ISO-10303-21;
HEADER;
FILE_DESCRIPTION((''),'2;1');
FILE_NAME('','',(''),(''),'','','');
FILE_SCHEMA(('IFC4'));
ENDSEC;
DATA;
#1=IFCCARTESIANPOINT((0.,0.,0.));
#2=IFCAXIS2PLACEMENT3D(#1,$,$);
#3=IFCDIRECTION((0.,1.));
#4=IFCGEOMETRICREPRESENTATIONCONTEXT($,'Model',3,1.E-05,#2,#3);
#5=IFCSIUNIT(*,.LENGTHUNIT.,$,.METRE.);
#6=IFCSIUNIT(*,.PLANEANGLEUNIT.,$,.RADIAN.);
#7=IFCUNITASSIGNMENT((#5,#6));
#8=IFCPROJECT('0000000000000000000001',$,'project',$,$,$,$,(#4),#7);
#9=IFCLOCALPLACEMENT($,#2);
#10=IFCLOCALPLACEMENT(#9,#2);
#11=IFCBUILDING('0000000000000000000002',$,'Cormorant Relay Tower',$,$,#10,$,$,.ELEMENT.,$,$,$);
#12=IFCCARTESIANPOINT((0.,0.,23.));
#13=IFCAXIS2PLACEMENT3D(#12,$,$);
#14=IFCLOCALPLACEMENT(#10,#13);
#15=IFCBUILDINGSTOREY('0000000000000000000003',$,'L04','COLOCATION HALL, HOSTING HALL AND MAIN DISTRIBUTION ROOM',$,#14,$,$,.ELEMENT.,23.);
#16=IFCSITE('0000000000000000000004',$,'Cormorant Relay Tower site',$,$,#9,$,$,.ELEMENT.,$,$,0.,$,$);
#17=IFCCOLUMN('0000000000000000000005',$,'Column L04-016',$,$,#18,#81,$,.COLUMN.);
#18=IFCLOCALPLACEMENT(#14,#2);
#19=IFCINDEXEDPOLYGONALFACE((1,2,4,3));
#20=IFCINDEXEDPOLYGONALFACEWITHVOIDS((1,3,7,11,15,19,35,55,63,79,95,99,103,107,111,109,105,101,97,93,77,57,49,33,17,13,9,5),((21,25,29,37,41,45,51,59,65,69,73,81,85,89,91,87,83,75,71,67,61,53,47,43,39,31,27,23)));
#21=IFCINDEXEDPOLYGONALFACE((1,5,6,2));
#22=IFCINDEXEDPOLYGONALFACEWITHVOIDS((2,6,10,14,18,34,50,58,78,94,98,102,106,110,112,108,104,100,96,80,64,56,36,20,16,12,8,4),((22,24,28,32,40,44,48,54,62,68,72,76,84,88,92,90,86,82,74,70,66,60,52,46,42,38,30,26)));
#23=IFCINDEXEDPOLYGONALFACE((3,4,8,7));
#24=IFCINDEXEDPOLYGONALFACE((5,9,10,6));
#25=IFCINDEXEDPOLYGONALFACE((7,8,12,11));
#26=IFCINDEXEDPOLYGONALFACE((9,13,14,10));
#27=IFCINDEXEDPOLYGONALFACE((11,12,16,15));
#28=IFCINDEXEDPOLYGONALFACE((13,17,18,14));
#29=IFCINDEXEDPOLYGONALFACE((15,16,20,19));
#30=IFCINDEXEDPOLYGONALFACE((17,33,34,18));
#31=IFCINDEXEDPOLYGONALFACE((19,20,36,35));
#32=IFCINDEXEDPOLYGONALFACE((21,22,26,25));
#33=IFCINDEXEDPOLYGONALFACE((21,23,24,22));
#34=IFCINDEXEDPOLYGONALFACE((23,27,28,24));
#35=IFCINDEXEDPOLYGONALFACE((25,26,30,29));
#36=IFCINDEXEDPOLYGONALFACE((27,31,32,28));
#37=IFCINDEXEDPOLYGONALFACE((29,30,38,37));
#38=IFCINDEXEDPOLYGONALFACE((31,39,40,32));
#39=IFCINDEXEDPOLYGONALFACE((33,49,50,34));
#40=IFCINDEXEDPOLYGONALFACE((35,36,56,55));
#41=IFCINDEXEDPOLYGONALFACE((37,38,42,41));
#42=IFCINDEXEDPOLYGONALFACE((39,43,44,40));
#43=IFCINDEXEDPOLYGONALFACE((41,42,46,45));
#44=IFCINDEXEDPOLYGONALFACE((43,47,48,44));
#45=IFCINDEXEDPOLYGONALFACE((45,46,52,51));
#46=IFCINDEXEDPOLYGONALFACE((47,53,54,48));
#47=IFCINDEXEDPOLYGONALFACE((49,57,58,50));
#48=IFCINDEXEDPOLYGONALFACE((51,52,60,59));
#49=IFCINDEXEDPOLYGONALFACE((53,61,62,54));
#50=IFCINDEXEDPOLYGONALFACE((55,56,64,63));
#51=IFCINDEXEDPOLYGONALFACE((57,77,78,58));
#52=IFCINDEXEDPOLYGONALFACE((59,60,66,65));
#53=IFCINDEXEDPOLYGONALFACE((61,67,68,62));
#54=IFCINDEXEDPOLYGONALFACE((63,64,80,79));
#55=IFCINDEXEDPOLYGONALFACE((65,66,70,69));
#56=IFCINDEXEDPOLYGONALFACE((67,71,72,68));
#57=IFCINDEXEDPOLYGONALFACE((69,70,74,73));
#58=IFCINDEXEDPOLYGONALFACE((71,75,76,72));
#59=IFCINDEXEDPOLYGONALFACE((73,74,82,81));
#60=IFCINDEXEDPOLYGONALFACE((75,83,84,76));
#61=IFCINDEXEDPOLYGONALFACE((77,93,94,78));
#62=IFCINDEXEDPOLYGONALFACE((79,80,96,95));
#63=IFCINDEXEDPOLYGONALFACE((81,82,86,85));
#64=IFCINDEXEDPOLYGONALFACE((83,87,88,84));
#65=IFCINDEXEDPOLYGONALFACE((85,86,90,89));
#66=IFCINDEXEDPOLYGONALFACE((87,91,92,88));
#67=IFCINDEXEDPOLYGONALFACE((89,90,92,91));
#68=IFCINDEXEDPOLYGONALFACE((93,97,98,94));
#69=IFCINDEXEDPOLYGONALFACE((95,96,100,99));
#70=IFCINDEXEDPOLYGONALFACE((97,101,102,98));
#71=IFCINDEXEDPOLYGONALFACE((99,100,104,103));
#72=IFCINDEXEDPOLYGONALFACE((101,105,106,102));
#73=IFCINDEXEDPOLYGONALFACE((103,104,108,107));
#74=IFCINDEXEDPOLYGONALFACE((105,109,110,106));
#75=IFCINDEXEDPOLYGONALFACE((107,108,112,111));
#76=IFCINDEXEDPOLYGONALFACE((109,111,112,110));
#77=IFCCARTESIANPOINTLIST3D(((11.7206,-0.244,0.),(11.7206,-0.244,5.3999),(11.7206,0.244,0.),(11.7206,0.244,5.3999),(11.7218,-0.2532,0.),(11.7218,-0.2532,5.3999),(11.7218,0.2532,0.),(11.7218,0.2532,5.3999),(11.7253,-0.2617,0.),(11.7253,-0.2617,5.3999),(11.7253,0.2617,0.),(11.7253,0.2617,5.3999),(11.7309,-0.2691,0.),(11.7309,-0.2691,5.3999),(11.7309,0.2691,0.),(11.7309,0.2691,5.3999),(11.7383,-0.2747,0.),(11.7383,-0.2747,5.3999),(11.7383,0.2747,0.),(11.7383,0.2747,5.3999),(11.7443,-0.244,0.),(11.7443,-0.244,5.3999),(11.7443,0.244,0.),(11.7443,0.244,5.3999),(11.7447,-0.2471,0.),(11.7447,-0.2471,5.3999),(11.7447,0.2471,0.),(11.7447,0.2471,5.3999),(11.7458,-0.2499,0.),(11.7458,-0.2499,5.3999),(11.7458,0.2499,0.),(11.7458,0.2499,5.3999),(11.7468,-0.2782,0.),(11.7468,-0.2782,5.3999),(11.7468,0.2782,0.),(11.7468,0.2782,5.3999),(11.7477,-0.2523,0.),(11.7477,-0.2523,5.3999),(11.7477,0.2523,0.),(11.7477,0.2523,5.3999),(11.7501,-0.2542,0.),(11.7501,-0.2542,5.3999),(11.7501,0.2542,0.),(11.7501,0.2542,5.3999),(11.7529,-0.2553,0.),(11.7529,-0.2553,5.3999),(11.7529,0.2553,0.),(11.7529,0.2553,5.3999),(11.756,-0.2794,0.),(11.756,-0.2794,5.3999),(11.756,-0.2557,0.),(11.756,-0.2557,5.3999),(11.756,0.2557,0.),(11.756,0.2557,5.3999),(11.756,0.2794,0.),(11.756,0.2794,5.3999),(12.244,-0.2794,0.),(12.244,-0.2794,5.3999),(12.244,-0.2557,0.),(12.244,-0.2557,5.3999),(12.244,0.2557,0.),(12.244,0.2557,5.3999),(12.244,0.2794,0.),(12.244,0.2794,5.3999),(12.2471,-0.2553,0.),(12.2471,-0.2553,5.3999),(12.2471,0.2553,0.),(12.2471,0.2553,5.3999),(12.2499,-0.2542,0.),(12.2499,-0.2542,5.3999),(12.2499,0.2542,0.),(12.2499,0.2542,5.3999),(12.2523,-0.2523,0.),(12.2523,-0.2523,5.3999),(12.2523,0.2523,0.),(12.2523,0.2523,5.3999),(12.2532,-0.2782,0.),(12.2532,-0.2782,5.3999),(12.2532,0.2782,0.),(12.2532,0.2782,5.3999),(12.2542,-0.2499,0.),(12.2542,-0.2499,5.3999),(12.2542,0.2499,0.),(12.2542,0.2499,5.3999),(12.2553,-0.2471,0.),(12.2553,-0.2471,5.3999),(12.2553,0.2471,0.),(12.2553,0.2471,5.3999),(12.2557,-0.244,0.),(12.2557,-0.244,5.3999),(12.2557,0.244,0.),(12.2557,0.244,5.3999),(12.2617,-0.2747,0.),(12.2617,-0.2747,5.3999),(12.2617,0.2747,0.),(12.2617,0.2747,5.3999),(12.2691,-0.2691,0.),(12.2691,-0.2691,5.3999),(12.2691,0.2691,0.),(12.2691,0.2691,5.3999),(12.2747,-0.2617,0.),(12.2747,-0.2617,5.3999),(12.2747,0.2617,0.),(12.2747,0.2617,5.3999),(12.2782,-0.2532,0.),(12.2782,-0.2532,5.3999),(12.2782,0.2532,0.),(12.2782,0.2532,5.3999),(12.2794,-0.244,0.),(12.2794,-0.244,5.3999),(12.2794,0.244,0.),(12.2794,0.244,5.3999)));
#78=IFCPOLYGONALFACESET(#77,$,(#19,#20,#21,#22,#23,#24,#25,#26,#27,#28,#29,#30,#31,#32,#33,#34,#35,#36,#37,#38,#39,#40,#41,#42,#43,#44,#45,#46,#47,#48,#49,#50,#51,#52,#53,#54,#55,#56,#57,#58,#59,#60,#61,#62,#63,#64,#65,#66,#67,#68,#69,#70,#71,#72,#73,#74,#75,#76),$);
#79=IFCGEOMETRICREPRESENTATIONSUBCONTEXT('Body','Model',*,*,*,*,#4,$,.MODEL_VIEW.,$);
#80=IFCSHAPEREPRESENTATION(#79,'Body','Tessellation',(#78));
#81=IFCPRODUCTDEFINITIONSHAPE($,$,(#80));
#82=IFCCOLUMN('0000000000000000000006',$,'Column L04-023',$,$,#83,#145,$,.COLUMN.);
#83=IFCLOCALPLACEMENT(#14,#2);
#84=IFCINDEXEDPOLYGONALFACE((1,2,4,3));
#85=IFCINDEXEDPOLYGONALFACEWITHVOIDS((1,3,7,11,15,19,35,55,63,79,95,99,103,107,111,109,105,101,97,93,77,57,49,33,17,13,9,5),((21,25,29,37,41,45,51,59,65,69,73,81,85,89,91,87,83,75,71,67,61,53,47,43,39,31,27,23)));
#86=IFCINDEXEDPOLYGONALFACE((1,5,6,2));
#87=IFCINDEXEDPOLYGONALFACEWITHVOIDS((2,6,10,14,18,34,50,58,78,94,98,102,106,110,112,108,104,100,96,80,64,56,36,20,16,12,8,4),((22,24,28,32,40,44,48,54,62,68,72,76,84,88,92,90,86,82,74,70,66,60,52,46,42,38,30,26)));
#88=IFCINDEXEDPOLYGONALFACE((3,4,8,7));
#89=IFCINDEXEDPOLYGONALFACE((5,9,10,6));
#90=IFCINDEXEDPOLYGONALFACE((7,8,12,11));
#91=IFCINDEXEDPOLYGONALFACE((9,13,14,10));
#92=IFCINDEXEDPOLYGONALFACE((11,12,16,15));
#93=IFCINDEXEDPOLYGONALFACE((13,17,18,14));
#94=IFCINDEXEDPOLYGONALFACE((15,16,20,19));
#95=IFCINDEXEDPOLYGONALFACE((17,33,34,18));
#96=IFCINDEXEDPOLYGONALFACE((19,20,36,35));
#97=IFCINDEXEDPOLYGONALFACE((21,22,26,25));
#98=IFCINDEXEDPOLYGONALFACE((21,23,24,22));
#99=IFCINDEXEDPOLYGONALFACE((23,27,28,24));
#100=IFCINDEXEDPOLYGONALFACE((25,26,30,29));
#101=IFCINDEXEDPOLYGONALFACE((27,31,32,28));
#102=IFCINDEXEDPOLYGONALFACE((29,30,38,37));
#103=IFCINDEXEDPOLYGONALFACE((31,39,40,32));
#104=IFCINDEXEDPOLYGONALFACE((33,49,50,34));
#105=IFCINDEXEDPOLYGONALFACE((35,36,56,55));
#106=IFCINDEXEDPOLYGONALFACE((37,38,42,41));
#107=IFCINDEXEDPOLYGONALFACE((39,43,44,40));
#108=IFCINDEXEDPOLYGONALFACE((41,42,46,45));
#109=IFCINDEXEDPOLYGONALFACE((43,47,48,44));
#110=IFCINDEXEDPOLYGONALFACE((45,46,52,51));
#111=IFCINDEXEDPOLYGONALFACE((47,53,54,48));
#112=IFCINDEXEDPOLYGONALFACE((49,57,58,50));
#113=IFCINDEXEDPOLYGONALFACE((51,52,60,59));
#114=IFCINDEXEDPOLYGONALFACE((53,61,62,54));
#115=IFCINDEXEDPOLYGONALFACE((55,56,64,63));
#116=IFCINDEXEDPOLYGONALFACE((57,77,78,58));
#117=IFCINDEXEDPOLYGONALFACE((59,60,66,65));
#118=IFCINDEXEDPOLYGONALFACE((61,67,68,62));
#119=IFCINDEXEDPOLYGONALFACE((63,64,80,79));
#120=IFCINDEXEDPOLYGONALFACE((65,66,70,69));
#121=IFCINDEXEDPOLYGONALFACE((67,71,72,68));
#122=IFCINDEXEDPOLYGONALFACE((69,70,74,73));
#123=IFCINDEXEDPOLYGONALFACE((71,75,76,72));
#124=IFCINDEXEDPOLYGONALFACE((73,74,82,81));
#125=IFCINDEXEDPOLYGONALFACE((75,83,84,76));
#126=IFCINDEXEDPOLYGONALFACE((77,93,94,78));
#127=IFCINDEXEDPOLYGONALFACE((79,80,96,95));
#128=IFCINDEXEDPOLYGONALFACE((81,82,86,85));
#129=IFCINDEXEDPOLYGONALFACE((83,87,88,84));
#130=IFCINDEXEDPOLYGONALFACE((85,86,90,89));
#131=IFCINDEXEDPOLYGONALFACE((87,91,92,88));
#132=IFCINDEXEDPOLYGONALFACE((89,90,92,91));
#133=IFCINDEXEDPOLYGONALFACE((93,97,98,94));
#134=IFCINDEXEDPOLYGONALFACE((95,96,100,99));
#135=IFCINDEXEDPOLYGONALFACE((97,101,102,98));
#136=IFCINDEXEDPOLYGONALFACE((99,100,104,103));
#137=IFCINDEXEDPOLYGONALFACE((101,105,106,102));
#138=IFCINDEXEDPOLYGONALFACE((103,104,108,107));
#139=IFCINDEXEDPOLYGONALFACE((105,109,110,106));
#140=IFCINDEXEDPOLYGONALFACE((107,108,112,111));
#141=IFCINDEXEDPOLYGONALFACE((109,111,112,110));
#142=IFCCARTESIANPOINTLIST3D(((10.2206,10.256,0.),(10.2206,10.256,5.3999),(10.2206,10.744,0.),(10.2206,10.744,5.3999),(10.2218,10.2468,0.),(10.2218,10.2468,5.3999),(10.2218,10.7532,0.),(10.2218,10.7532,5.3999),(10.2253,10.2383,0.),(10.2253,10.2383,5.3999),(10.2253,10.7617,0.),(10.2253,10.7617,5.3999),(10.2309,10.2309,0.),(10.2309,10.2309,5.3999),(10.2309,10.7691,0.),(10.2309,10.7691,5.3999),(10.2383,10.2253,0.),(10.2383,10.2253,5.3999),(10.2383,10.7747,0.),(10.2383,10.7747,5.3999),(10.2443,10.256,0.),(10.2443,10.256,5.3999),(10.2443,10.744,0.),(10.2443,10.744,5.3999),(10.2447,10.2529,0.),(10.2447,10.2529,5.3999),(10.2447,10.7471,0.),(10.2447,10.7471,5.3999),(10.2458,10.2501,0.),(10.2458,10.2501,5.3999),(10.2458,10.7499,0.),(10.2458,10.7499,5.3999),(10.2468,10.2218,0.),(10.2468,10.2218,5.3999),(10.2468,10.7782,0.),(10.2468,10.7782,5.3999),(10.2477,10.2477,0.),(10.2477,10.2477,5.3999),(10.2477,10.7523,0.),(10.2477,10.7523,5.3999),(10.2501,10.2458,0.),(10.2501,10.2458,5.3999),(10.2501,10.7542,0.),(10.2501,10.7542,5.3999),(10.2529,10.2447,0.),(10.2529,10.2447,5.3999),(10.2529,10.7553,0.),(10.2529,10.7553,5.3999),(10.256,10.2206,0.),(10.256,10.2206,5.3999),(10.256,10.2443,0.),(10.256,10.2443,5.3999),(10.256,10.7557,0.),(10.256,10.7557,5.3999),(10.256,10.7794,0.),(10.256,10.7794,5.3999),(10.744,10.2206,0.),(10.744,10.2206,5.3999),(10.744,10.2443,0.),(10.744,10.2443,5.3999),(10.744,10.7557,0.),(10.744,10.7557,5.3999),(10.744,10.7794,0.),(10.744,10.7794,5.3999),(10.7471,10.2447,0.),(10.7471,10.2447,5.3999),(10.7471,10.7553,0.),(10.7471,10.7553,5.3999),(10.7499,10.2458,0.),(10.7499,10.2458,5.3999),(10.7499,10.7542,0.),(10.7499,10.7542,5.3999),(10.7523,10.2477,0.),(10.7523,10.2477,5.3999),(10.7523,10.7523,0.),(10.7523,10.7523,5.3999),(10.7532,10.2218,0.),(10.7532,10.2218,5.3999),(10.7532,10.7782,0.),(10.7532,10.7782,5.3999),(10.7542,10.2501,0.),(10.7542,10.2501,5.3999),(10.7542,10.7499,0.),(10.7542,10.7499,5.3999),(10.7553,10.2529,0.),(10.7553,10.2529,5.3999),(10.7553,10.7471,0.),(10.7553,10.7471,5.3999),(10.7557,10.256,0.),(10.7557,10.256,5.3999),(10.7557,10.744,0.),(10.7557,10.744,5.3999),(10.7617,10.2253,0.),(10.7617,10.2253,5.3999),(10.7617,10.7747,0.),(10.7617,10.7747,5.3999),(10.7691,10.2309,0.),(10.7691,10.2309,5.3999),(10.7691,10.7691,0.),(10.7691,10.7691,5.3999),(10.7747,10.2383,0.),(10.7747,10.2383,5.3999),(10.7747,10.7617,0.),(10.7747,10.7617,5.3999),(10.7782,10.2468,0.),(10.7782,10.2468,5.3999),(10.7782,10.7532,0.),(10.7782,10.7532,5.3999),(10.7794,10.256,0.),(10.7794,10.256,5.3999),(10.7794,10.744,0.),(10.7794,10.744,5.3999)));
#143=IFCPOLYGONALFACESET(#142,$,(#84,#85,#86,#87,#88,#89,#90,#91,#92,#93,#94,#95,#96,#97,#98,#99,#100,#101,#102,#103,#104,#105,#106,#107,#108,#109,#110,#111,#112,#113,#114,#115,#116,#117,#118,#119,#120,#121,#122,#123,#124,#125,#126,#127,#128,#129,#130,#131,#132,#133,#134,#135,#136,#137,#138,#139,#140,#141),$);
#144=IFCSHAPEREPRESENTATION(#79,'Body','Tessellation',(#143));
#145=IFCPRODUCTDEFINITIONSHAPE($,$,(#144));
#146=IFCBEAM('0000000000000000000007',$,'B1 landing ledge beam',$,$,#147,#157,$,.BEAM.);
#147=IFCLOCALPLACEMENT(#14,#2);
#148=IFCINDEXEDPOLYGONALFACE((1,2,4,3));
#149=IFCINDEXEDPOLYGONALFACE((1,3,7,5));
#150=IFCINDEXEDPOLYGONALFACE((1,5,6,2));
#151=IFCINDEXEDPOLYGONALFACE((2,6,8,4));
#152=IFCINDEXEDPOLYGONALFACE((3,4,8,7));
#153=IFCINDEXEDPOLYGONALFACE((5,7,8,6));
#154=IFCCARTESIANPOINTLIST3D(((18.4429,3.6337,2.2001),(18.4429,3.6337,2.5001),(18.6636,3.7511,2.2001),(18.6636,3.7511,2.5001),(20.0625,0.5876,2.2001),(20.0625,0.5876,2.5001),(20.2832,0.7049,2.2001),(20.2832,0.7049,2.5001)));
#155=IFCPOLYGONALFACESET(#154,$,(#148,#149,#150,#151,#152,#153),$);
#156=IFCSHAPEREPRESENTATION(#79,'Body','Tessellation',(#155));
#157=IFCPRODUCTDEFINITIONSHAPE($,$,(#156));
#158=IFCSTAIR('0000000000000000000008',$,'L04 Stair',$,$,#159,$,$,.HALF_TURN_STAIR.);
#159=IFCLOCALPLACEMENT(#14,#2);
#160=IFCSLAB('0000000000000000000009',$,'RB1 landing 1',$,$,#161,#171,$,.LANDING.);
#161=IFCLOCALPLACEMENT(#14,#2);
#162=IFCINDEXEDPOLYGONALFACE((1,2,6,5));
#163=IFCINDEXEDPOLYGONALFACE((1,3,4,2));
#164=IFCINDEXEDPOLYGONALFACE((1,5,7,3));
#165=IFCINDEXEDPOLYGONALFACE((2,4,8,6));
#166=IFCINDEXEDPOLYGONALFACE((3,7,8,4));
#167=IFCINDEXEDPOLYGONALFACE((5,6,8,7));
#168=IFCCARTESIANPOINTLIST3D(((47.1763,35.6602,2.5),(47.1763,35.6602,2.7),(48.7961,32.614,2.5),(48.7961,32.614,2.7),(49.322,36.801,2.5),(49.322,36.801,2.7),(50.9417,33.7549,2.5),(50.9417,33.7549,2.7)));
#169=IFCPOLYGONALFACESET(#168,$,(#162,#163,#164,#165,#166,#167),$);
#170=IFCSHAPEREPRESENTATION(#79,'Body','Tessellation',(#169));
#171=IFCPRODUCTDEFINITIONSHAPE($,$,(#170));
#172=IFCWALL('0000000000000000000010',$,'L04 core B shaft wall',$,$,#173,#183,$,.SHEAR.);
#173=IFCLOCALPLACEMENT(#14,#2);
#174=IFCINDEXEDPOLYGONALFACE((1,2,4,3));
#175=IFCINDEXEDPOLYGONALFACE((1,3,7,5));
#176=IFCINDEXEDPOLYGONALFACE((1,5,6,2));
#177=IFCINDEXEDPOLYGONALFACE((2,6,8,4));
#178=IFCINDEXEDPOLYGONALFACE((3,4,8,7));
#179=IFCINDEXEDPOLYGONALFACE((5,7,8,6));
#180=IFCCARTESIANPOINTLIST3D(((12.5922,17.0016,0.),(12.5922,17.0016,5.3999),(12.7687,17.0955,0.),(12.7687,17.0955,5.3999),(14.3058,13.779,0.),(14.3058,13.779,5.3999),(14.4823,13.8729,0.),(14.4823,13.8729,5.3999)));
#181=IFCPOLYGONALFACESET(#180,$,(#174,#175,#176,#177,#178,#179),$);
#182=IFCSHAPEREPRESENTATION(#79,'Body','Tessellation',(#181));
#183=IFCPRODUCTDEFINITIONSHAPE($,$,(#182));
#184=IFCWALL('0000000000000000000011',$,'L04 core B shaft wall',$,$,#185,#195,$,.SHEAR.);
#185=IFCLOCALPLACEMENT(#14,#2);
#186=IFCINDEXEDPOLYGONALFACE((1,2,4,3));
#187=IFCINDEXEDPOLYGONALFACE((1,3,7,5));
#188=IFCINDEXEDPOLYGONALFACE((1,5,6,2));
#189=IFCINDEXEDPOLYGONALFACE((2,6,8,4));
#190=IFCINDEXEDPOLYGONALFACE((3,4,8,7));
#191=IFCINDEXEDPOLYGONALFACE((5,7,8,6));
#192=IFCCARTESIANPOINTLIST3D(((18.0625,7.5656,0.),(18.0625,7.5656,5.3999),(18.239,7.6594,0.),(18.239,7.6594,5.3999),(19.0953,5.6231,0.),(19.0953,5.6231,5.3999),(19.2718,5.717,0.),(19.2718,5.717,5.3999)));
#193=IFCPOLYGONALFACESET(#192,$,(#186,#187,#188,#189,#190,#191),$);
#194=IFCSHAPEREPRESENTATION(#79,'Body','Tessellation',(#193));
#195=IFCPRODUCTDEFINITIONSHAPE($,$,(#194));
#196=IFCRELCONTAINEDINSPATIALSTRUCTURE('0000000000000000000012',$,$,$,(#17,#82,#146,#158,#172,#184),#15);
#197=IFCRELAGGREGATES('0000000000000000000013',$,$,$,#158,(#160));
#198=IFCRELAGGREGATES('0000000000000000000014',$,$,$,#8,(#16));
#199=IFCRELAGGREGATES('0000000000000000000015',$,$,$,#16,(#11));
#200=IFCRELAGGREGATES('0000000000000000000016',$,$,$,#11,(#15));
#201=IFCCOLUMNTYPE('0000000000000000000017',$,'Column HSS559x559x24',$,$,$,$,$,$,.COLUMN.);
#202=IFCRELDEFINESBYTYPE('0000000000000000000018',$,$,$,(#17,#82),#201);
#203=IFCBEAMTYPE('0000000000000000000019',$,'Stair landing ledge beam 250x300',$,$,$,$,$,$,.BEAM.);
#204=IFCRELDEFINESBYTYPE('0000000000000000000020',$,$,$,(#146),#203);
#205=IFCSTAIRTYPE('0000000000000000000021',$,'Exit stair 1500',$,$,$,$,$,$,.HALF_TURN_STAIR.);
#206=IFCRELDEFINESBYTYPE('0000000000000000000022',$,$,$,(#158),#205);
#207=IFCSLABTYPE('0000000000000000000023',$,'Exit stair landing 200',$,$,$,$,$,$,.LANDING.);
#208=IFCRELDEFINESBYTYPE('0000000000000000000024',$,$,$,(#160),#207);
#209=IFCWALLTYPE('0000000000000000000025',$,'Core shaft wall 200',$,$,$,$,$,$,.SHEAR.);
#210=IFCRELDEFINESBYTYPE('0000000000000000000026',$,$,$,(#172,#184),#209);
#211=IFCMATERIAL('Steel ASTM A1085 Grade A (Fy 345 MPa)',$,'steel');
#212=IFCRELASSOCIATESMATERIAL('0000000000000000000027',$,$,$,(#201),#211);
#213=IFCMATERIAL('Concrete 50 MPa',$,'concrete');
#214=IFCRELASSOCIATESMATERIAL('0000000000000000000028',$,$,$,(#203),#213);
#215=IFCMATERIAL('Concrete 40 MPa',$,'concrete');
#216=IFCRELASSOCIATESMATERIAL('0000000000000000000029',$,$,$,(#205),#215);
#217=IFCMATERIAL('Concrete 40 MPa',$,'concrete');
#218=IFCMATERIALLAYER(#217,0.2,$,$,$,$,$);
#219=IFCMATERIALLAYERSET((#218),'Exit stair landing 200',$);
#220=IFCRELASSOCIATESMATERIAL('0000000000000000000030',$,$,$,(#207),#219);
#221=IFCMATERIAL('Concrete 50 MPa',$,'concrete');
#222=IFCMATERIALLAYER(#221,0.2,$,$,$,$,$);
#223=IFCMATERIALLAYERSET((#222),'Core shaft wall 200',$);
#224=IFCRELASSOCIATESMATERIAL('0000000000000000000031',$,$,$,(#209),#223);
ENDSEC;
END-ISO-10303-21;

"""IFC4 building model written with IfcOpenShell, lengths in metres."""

from ifc_helpers import new_model, si_unit, direction, frame, frame_2d, origin, origin_2d, place, context, subcontext, project, spatial, polyline, rectangle, hollow_rectangle, outline, extrude, material, layer, layer_set, material_profile, profile_set, type_object, element, aggregate, save


model = new_model("IFC4")

# Units and contexts
model_context = context("Model", 3, precision=1e-05, world=origin(), true_north=direction((0.0, 1.0)))
body_context = subcontext(model_context, "Body", "Model", "MODEL_VIEW")
ifc_project = project(units=[si_unit("LENGTHUNIT", "METRE"), si_unit("PLANEANGLEUNIT", "RADIAN")], contexts=[model_context])

# Site, building, storey
site_placement = place(None, origin())
site = spatial("IfcSite", under=ifc_project, at=site_placement, Name="Cormorant Relay Tower site", CompositionType="ELEMENT", RefElevation=0.0)
building_placement = place(site_placement, origin())
building = spatial("IfcBuilding", under=site, at=building_placement, Name="Cormorant Relay Tower", CompositionType="ELEMENT")
storey_placement = place(building_placement, frame((0.0, 0.0, 23.0)))
storey = spatial("IfcBuildingStorey", under=building, at=storey_placement, Name="L04", Description="COLOCATION HALL, HOSTING HALL AND MAIN DISTRIBUTION ROOM", CompositionType="ELEMENT", Elevation=23.0)

# Columns
ifc_material_1 = material(Name="Steel ASTM A1085 Grade A (Fy 345 MPa)", Category="steel")
ifc_material_profile_1 = material_profile(ifc_material_1, hollow_rectangle(XDim=0.5588, YDim=0.5588, WallThickness=0.0237, InnerFilletRadius=0.0117, OuterFilletRadius=0.0354, at=origin_2d()), Name="HSS559x559x24")
ifc_profile_set_1 = profile_set([ifc_material_profile_1], Name="Steel ASTM A1085 Grade A (Fy 345 MPa)")
column_type = type_object("IfcColumnType", Name="Column HSS559x559x24", PredefinedType="COLUMN", material=ifc_profile_set_1)
for number, where, z_axis, x_axis, name in (
    (1, (12.0, 0.0, 0.0), (0.0, 0.0, 1.0), (1.0, 0.0, 0.0), "Column L04-016"),
    (2, (10.5, 10.5, 0.0), (0.0, 0.0, 1.0), (1.0, 0.0, 0.0), "Column L04-023"),
):
    element("IfcColumn", number, at=place(storey_placement, frame(where, z_axis=z_axis, x_axis=x_axis)), inside=storey, type_object=column_type, Name=name, PredefinedType="COLUMN", context=body_context, shape_type="SweptSolid", body=[
        extrude(hollow_rectangle(XDim=0.5588, YDim=0.5588, WallThickness=0.0237, InnerFilletRadius=0.0117, OuterFilletRadius=0.0354, at=origin_2d()), origin(), (0.0, 0.0, 1.0), 5.3999),
    ])

# Beam
ifc_material_2 = material(Name="Concrete 50 MPa", Category="concrete")
ifc_material_profile_2 = material_profile(ifc_material_2, rectangle(XDim=0.25, YDim=0.3, at=origin_2d()), Name="RC 250x300")
ifc_profile_set_2 = profile_set([ifc_material_profile_2], Name="Concrete 50 MPa")
beam_type = type_object("IfcBeamType", Name="Stair landing ledge beam 250x300", PredefinedType="BEAM", material=ifc_profile_set_2)
beam_placement = place(storey_placement, frame((18.5532, 3.6924, 2.3501), z_axis=(0.469464, -0.882952, 0.0), x_axis=(0.882952, 0.469464, 0.0)))
element("IfcBeam", 3, at=beam_placement, inside=storey, type_object=beam_type, Name="B1 landing ledge beam", PredefinedType="BEAM", context=body_context, shape_type="SweptSolid", body=[
    extrude(rectangle(XDim=0.25, YDim=0.3, at=origin_2d()), origin(), (0.0, 0.0, 1.0), 3.45),
])

# Stair, slab
ifc_material_3 = material(Name="Concrete 40 MPa", Category="concrete")
stair_type = type_object("IfcStairType", Name="Exit stair 1500", PredefinedType="HALF_TURN_STAIR", material=ifc_material_3)
stair_placement = place(storey_placement, origin())
stair = element("IfcStair", 4, at=stair_placement, inside=storey, type_object=stair_type, Name="L04 Stair", PredefinedType="HALF_TURN_STAIR")
ifc_material_4 = material(Name="Concrete 40 MPa", Category="concrete")
ifc_layer_1 = layer(ifc_material_4, 0.2)
ifc_layer_set_1 = layer_set([ifc_layer_1], Name="Exit stair landing 200")
slab_type = type_object("IfcSlabType", Name="Exit stair landing 200", PredefinedType="LANDING", material=ifc_layer_set_1)
slab_placement = place(storey_placement, frame((0.0, 0.0, 2.5)))
slab = element("IfcSlab", 5, at=slab_placement, type_object=slab_type, Name="RB1 landing 1", PredefinedType="LANDING", context=body_context, shape_type="SweptSolid", body=[
    extrude(outline(polyline([(48.7961, 32.614), (50.9417, 33.7549), (49.322, 36.801), (47.1763, 35.6602), (48.7961, 32.614)])), origin(), (0.0, 0.0, 1.0), 0.2),
])
aggregate(stair, [slab])

# Walls
ifc_material_5 = material(Name="Concrete 50 MPa", Category="concrete")
ifc_layer_2 = layer(ifc_material_5, 0.2)
ifc_layer_set_2 = layer_set([ifc_layer_2], Name="Core shaft wall 200")
wall_type_1 = type_object("IfcWallType", Name="Core shaft wall 200", PredefinedType="SHEAR", material=ifc_layer_set_2)
wall_1_placement = place(storey_placement, frame((14.394, 13.8259, 0.0), z_axis=(0.0, 0.0, 1.0), x_axis=(-0.469494, 0.882936, 0.0)))
element("IfcWall", 6, at=wall_1_placement, inside=storey, type_object=wall_type_1, Name="L04 core B shaft wall", PredefinedType="SHEAR", context=body_context, shape_type="SweptSolid", body=[
    extrude(rectangle(XDim=3.6499, YDim=0.2, at=frame_2d((1.825, 0.0))), origin(), (0.0, 0.0, 1.0), 5.3999),
])
wall_2_placement = place(storey_placement, frame((19.1836, 5.6699, 0.0), z_axis=(0.0, 0.0, 1.0), x_axis=(-0.469447, 0.88296, 0.0)))
element("IfcWall", 7, at=wall_2_placement, inside=storey, type_object=wall_type_1, Name="L04 core B shaft wall", PredefinedType="SHEAR", context=body_context, shape_type="SweptSolid", body=[
    extrude(rectangle(XDim=2.2, YDim=0.2, at=frame_2d((1.1001, 0.0))), origin(), (0.0, 0.0, 1.0), 5.3999),
])

save(model, "model.ifc")
